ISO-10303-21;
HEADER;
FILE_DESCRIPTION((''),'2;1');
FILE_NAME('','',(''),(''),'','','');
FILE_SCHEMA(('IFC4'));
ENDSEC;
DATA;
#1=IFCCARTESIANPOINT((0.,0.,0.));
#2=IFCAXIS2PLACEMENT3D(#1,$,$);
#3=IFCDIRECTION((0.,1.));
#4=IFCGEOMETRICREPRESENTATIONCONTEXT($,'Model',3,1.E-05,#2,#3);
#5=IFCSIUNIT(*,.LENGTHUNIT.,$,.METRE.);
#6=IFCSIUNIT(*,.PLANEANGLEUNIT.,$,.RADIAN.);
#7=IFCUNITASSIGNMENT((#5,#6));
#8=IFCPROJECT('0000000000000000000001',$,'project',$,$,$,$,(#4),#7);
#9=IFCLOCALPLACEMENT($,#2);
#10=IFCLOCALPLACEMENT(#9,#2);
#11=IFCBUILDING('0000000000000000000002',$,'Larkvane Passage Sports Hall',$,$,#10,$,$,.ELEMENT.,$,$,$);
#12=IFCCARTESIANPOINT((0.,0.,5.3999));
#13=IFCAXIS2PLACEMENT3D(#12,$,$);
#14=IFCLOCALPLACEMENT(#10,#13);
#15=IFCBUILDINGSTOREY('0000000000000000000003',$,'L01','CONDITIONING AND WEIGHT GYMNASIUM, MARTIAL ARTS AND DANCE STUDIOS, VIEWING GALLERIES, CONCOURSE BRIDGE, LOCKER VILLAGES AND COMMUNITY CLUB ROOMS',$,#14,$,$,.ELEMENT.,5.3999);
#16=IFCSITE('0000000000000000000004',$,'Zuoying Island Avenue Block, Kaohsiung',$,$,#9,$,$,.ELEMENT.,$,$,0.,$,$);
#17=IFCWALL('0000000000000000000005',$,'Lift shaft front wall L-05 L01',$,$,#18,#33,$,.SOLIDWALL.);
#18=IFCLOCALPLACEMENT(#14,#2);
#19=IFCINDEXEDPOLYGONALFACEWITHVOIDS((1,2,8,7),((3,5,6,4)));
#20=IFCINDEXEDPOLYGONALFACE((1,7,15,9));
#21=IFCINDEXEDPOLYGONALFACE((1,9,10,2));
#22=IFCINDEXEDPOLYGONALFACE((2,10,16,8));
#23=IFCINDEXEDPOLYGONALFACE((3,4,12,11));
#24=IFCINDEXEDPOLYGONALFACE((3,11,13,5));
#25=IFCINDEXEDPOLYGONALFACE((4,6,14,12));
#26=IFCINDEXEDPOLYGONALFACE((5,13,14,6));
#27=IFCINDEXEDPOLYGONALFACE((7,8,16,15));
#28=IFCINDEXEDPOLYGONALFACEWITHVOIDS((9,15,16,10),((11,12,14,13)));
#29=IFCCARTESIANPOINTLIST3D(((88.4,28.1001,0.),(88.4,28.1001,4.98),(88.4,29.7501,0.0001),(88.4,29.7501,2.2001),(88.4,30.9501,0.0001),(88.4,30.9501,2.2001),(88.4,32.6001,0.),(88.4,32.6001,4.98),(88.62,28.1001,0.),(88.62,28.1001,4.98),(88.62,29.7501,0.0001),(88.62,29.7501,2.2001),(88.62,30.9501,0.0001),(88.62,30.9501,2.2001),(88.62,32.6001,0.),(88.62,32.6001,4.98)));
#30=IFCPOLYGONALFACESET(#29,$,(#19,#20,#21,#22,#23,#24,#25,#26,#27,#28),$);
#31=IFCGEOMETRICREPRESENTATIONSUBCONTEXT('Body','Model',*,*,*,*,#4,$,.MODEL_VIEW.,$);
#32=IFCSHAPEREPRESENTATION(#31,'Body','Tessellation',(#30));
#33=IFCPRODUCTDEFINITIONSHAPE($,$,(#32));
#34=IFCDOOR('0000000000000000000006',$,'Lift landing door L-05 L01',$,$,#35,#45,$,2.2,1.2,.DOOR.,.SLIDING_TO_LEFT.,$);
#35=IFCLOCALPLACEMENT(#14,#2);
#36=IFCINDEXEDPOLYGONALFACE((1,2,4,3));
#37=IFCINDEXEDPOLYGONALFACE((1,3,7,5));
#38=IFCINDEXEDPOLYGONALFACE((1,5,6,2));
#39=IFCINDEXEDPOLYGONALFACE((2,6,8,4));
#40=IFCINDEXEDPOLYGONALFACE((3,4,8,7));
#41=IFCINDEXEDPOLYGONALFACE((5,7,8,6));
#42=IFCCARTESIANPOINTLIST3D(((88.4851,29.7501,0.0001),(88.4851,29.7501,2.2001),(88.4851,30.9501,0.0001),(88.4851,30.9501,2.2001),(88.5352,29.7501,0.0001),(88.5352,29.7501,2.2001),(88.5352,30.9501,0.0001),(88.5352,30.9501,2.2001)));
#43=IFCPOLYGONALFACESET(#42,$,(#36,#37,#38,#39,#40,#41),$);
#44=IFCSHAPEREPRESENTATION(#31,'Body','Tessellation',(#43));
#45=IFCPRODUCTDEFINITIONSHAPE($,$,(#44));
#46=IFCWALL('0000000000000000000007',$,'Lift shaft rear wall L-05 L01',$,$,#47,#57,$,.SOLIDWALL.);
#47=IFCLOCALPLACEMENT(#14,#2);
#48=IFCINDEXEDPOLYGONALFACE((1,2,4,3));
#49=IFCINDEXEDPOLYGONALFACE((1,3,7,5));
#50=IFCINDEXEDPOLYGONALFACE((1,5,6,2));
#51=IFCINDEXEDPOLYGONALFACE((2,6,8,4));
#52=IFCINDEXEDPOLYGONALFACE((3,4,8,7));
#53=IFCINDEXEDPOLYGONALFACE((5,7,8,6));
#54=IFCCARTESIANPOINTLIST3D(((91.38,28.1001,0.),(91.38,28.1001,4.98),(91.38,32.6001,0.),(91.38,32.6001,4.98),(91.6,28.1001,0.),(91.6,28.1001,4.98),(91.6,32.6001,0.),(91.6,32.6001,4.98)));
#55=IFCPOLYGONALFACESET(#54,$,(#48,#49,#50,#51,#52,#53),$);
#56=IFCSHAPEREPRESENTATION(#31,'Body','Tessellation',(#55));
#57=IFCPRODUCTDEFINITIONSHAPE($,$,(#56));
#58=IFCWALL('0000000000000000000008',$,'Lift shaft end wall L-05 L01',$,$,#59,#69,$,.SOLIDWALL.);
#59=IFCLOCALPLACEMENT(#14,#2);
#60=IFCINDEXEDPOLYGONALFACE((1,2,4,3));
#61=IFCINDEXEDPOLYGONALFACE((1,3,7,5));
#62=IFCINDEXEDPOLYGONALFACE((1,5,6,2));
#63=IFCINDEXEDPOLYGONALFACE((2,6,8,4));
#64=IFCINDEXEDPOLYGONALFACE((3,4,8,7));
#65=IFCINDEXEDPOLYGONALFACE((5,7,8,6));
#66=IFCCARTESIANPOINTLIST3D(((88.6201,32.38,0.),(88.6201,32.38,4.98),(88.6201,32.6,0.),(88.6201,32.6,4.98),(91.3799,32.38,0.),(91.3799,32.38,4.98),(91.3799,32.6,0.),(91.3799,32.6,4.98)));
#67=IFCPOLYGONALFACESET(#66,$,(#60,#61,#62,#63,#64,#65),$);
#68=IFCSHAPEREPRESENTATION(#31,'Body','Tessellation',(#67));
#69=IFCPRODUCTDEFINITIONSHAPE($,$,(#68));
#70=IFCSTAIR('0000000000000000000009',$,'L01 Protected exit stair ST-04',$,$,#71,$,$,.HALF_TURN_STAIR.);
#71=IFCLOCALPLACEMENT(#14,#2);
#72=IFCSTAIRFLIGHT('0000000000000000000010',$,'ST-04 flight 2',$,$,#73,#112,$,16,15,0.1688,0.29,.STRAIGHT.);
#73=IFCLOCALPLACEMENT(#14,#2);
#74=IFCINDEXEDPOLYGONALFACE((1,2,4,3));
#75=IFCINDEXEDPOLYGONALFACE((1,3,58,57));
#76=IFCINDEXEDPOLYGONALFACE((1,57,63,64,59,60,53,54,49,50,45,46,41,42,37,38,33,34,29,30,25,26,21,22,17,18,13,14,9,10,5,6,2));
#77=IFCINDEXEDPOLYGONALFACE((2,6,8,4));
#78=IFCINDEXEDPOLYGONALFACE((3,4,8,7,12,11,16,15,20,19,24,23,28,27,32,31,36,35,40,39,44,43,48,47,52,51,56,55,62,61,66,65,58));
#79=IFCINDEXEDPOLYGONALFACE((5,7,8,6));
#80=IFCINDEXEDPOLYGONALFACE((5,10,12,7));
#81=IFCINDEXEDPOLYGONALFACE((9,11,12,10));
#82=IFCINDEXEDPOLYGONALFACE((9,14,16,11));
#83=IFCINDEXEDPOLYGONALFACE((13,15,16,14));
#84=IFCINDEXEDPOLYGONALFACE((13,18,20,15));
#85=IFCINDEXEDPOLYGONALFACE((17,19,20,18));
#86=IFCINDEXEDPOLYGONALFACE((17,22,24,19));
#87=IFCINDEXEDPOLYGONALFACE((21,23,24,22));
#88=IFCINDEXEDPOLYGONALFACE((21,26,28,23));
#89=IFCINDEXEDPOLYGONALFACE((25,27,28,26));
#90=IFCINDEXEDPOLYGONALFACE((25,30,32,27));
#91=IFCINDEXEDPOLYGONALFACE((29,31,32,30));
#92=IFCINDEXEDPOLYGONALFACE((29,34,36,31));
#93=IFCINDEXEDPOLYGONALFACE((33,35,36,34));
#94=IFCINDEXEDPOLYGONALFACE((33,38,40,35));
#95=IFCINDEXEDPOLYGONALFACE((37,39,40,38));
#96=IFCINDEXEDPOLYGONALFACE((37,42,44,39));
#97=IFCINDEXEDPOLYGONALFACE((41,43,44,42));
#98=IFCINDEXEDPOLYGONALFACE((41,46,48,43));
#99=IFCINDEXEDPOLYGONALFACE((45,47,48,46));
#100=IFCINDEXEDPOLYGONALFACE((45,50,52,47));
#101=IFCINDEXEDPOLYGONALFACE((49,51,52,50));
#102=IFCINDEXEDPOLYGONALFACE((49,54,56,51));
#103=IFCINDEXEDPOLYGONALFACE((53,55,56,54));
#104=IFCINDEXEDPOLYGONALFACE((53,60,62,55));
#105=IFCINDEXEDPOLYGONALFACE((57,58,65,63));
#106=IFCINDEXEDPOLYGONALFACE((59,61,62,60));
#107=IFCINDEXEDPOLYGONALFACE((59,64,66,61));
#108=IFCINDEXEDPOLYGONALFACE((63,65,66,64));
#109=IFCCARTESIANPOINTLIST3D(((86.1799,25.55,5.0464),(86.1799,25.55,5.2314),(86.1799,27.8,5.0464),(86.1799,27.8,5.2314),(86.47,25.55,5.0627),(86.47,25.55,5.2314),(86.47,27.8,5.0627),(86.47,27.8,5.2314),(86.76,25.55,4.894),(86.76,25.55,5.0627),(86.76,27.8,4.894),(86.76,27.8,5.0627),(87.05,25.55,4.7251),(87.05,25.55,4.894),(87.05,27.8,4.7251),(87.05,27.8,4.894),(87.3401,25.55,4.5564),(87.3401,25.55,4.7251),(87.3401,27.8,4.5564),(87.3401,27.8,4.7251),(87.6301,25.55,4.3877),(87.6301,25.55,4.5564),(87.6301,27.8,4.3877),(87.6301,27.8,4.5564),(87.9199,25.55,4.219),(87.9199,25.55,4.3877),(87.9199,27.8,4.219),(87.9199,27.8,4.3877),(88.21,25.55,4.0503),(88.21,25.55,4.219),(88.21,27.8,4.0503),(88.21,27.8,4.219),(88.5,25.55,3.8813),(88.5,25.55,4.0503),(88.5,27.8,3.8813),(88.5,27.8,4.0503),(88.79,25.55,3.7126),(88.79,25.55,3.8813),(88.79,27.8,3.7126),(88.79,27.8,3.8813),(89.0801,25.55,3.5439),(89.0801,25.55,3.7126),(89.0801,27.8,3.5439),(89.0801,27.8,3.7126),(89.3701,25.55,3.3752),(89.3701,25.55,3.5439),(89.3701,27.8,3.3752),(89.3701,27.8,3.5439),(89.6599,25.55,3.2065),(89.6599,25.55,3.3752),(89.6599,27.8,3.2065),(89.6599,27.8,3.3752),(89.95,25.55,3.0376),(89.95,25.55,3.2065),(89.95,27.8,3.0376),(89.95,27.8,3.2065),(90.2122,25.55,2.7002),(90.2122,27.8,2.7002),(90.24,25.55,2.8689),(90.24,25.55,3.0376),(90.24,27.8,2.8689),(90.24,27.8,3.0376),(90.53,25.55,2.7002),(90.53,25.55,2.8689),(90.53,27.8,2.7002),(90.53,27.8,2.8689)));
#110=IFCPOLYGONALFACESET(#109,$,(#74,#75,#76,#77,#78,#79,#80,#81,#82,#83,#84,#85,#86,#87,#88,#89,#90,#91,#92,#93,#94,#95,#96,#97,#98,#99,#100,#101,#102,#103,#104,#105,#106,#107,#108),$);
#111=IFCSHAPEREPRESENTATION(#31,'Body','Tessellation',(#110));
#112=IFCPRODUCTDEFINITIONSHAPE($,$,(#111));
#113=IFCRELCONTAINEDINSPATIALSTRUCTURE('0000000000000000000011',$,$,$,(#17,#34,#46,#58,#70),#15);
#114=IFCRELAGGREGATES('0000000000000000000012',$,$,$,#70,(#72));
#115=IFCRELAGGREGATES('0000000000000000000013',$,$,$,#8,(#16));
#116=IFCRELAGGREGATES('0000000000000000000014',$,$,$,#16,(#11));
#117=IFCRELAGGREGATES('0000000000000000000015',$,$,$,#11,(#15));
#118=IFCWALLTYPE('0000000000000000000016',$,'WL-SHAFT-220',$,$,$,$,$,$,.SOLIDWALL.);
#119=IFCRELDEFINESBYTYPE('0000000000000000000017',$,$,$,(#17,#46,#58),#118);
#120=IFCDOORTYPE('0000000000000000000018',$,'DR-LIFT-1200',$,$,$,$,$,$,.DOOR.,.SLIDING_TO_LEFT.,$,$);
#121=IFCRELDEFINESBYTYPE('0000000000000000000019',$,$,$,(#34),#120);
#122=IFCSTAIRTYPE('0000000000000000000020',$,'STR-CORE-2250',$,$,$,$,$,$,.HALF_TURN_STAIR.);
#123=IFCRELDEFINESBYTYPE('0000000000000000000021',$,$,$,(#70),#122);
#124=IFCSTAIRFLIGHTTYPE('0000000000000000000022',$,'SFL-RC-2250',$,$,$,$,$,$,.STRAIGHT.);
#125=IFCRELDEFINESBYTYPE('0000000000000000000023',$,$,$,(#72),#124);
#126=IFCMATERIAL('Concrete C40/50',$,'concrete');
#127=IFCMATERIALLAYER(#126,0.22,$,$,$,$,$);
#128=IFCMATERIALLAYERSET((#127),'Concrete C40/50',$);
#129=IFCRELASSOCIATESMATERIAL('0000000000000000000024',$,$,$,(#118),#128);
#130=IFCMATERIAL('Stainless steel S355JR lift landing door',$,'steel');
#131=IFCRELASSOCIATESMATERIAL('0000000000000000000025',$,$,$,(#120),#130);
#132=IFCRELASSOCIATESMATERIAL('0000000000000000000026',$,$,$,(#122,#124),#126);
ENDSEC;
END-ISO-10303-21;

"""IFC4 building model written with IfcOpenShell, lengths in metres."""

from ifc_helpers import new_model, si_unit, direction, frame, frame_2d, origin, place, context, subcontext, project, spatial, polyline, rectangle, outline, extrude, material, layer, layer_set, type_object, element, fill, aggregate, save


model = new_model("IFC4")

# Units and contexts
model_context = context("Model", 3, precision=1e-05, world=origin(), true_north=direction((0.0, 1.0)))
body_context = subcontext(model_context, "Body", "Model", "MODEL_VIEW")
ifc_project = project(units=[si_unit("LENGTHUNIT", "METRE"), si_unit("PLANEANGLEUNIT", "RADIAN")], contexts=[model_context])

# Site, building, storey
site_placement = place(None, origin())
site = spatial("IfcSite", under=ifc_project, at=site_placement, Name="Zuoying Island Avenue Block, Kaohsiung", CompositionType="ELEMENT", RefElevation=0.0)
building_placement = place(site_placement, origin())
building = spatial("IfcBuilding", under=site, at=building_placement, Name="Larkvane Passage Sports Hall", CompositionType="ELEMENT")
storey_placement = place(building_placement, frame((0.0, 0.0, 5.3999)))
storey = spatial("IfcBuildingStorey", under=building, at=storey_placement, Name="L01", Description="CONDITIONING AND WEIGHT GYMNASIUM, MARTIAL ARTS AND DANCE STUDIOS, VIEWING GALLERIES, CONCOURSE BRIDGE, LOCKER VILLAGES AND COMMUNITY CLUB ROOMS", CompositionType="ELEMENT", Elevation=5.3999)

# Shared definitions
ifc_material_1 = material(Name="Concrete C40/50", Category="concrete")

# Wall, opening, door
ifc_layer_1 = layer(ifc_material_1, 0.22)
ifc_layer_set_1 = layer_set([ifc_layer_1], Name="Concrete C40/50")
wall_type_1 = type_object("IfcWallType", Name="WL-SHAFT-220", PredefinedType="SOLIDWALL", material=ifc_layer_set_1)
wall_1_placement = place(storey_placement, frame((88.51, 28.1001, 0.0), z_axis=(0.0, 0.0, 1.0), x_axis=(0.0, 1.0, 0.0)))
wall_1 = element("IfcWall", 1, at=wall_1_placement, inside=storey, type_object=wall_type_1, Name="Lift shaft front wall L-05 L01", PredefinedType="SOLIDWALL", context=body_context, shape_type="SweptSolid", body=[
    extrude(rectangle(XDim=4.5, YDim=0.22, at=frame_2d((2.25, 0.0))), origin(), (0.0, 0.0, 1.0), 4.98),
])
opening_placement = place(wall_1_placement, frame((1.6499, 0.0, 0.0)))
opening = element("IfcOpeningElement", 2, at=opening_placement, cuts=wall_1, PredefinedType="OPENING", context=body_context, shape_type="SweptSolid", body=[
    extrude(rectangle(XDim=1.2, YDim=2.2, at=frame_2d((0.6001, 1.1001))), frame((0.0, 0.1199, 0.0), z_axis=(0.0, -1.0, 0.0), x_axis=(1.0, 0.0, 0.0)), (0.0, 0.0, 1.0), 0.24),
])
ifc_material_2 = material(Name="Stainless steel S355JR lift landing door", Category="steel")
door_type = type_object("IfcDoorType", Name="DR-LIFT-1200", OperationType="SLIDING_TO_LEFT", PredefinedType="DOOR", material=ifc_material_2)
door_placement = place(opening_placement, origin())
door = element("IfcDoor", 3, at=door_placement, inside=storey, type_object=door_type, Name="Lift landing door L-05 L01", OperationType="SLIDING_TO_LEFT", OverallHeight=2.2, OverallWidth=1.2, PredefinedType="DOOR", context=body_context, shape_type="SweptSolid", body=[
    extrude(rectangle(XDim=1.2, YDim=2.2, at=frame_2d((0.6001, 1.1001))), frame((0.0, 0.0249, 0.0), z_axis=(0.0, -1.0, 0.0), x_axis=(1.0, 0.0, 0.0)), (0.0, 0.0, 1.0), 0.05),
])
fill(opening, door)

# Walls
wall_2_placement = place(storey_placement, frame((91.49, 28.1001, 0.0), z_axis=(0.0, 0.0, 1.0), x_axis=(0.0, 1.0, 0.0)))
element("IfcWall", 4, at=wall_2_placement, inside=storey, type_object=wall_type_1, Name="Lift shaft rear wall L-05 L01", PredefinedType="SOLIDWALL", context=body_context, shape_type="SweptSolid", body=[
    extrude(rectangle(XDim=4.5, YDim=0.22, at=frame_2d((2.25, 0.0))), origin(), (0.0, 0.0, 1.0), 4.98),
])
wall_3_placement = place(storey_placement, frame((88.6201, 32.49, 0.0), z_axis=(0.0, 0.0, 1.0), x_axis=(1.0, 0.0, 0.0)))
element("IfcWall", 5, at=wall_3_placement, inside=storey, type_object=wall_type_1, Name="Lift shaft end wall L-05 L01", PredefinedType="SOLIDWALL", context=body_context, shape_type="SweptSolid", body=[
    extrude(rectangle(XDim=2.7598, YDim=0.22, at=frame_2d((1.3799, 0.0))), origin(), (0.0, 0.0, 1.0), 4.98),
])

# Stair, stair flight
stair_type = type_object("IfcStairType", Name="STR-CORE-2250", PredefinedType="HALF_TURN_STAIR", material=ifc_material_1)
stair_placement = place(storey_placement, origin())
stair = element("IfcStair", 6, at=stair_placement, inside=storey, type_object=stair_type, Name="L01 Protected exit stair ST-04", PredefinedType="HALF_TURN_STAIR")
stair_flight_type = type_object("IfcStairFlightType", Name="SFL-RC-2250", PredefinedType="STRAIGHT", material=ifc_material_1)
stair_flight_placement = place(storey_placement, frame((90.53, 26.675, 2.7002), z_axis=(0.0, 0.0, 1.0), x_axis=(-1.0, 0.0, 0.0)))
stair_flight = element("IfcStairFlight", 7, at=stair_flight_placement, type_object=stair_flight_type, Name="ST-04 flight 2", NumberOfRisers=16, NumberOfTreads=15, PredefinedType="STRAIGHT", RiserHeight=0.1688, TreadLength=0.29, context=body_context, shape_type="SweptSolid", body=[
    extrude(outline(polyline([(0.0, 0.0), (0.0, 0.1687), (0.29, 0.1687), (0.29, 0.3374), (0.5801, 0.3374), (0.5801, 0.5063), (0.8701, 0.5063), (0.8701, 0.675), (1.1599, 0.675), (1.1599, 0.8438), (1.45, 0.8438), (1.45, 1.0125), (1.74, 1.0125), (1.74, 1.1812), (2.03, 1.1812), (2.03, 1.3501), (2.3201, 1.3501), (2.3201, 1.5188), (2.6101, 1.5188), (2.6101, 1.6875), (2.8999, 1.6875), (2.8999, 1.8562), (3.1899, 1.8562), (3.1899, 2.0249), (3.48, 2.0249), (3.48, 2.1938), (3.77, 2.1938), (3.77, 2.3625), (4.0601, 2.3625), (4.0601, 2.5312), (4.3501, 2.5312), (4.3501, 2.7), (4.3501, 2.3462), (0.3179, 0.0), (0.0, 0.0)])), frame((0.0, 1.125, 0.0), z_axis=(0.0, -1.0, 0.0), x_axis=(1.0, 0.0, 0.0)), (0.0, 0.0, 1.0), 2.25),
])
aggregate(stair, [stair_flight])

save(model, "model.ifc")
